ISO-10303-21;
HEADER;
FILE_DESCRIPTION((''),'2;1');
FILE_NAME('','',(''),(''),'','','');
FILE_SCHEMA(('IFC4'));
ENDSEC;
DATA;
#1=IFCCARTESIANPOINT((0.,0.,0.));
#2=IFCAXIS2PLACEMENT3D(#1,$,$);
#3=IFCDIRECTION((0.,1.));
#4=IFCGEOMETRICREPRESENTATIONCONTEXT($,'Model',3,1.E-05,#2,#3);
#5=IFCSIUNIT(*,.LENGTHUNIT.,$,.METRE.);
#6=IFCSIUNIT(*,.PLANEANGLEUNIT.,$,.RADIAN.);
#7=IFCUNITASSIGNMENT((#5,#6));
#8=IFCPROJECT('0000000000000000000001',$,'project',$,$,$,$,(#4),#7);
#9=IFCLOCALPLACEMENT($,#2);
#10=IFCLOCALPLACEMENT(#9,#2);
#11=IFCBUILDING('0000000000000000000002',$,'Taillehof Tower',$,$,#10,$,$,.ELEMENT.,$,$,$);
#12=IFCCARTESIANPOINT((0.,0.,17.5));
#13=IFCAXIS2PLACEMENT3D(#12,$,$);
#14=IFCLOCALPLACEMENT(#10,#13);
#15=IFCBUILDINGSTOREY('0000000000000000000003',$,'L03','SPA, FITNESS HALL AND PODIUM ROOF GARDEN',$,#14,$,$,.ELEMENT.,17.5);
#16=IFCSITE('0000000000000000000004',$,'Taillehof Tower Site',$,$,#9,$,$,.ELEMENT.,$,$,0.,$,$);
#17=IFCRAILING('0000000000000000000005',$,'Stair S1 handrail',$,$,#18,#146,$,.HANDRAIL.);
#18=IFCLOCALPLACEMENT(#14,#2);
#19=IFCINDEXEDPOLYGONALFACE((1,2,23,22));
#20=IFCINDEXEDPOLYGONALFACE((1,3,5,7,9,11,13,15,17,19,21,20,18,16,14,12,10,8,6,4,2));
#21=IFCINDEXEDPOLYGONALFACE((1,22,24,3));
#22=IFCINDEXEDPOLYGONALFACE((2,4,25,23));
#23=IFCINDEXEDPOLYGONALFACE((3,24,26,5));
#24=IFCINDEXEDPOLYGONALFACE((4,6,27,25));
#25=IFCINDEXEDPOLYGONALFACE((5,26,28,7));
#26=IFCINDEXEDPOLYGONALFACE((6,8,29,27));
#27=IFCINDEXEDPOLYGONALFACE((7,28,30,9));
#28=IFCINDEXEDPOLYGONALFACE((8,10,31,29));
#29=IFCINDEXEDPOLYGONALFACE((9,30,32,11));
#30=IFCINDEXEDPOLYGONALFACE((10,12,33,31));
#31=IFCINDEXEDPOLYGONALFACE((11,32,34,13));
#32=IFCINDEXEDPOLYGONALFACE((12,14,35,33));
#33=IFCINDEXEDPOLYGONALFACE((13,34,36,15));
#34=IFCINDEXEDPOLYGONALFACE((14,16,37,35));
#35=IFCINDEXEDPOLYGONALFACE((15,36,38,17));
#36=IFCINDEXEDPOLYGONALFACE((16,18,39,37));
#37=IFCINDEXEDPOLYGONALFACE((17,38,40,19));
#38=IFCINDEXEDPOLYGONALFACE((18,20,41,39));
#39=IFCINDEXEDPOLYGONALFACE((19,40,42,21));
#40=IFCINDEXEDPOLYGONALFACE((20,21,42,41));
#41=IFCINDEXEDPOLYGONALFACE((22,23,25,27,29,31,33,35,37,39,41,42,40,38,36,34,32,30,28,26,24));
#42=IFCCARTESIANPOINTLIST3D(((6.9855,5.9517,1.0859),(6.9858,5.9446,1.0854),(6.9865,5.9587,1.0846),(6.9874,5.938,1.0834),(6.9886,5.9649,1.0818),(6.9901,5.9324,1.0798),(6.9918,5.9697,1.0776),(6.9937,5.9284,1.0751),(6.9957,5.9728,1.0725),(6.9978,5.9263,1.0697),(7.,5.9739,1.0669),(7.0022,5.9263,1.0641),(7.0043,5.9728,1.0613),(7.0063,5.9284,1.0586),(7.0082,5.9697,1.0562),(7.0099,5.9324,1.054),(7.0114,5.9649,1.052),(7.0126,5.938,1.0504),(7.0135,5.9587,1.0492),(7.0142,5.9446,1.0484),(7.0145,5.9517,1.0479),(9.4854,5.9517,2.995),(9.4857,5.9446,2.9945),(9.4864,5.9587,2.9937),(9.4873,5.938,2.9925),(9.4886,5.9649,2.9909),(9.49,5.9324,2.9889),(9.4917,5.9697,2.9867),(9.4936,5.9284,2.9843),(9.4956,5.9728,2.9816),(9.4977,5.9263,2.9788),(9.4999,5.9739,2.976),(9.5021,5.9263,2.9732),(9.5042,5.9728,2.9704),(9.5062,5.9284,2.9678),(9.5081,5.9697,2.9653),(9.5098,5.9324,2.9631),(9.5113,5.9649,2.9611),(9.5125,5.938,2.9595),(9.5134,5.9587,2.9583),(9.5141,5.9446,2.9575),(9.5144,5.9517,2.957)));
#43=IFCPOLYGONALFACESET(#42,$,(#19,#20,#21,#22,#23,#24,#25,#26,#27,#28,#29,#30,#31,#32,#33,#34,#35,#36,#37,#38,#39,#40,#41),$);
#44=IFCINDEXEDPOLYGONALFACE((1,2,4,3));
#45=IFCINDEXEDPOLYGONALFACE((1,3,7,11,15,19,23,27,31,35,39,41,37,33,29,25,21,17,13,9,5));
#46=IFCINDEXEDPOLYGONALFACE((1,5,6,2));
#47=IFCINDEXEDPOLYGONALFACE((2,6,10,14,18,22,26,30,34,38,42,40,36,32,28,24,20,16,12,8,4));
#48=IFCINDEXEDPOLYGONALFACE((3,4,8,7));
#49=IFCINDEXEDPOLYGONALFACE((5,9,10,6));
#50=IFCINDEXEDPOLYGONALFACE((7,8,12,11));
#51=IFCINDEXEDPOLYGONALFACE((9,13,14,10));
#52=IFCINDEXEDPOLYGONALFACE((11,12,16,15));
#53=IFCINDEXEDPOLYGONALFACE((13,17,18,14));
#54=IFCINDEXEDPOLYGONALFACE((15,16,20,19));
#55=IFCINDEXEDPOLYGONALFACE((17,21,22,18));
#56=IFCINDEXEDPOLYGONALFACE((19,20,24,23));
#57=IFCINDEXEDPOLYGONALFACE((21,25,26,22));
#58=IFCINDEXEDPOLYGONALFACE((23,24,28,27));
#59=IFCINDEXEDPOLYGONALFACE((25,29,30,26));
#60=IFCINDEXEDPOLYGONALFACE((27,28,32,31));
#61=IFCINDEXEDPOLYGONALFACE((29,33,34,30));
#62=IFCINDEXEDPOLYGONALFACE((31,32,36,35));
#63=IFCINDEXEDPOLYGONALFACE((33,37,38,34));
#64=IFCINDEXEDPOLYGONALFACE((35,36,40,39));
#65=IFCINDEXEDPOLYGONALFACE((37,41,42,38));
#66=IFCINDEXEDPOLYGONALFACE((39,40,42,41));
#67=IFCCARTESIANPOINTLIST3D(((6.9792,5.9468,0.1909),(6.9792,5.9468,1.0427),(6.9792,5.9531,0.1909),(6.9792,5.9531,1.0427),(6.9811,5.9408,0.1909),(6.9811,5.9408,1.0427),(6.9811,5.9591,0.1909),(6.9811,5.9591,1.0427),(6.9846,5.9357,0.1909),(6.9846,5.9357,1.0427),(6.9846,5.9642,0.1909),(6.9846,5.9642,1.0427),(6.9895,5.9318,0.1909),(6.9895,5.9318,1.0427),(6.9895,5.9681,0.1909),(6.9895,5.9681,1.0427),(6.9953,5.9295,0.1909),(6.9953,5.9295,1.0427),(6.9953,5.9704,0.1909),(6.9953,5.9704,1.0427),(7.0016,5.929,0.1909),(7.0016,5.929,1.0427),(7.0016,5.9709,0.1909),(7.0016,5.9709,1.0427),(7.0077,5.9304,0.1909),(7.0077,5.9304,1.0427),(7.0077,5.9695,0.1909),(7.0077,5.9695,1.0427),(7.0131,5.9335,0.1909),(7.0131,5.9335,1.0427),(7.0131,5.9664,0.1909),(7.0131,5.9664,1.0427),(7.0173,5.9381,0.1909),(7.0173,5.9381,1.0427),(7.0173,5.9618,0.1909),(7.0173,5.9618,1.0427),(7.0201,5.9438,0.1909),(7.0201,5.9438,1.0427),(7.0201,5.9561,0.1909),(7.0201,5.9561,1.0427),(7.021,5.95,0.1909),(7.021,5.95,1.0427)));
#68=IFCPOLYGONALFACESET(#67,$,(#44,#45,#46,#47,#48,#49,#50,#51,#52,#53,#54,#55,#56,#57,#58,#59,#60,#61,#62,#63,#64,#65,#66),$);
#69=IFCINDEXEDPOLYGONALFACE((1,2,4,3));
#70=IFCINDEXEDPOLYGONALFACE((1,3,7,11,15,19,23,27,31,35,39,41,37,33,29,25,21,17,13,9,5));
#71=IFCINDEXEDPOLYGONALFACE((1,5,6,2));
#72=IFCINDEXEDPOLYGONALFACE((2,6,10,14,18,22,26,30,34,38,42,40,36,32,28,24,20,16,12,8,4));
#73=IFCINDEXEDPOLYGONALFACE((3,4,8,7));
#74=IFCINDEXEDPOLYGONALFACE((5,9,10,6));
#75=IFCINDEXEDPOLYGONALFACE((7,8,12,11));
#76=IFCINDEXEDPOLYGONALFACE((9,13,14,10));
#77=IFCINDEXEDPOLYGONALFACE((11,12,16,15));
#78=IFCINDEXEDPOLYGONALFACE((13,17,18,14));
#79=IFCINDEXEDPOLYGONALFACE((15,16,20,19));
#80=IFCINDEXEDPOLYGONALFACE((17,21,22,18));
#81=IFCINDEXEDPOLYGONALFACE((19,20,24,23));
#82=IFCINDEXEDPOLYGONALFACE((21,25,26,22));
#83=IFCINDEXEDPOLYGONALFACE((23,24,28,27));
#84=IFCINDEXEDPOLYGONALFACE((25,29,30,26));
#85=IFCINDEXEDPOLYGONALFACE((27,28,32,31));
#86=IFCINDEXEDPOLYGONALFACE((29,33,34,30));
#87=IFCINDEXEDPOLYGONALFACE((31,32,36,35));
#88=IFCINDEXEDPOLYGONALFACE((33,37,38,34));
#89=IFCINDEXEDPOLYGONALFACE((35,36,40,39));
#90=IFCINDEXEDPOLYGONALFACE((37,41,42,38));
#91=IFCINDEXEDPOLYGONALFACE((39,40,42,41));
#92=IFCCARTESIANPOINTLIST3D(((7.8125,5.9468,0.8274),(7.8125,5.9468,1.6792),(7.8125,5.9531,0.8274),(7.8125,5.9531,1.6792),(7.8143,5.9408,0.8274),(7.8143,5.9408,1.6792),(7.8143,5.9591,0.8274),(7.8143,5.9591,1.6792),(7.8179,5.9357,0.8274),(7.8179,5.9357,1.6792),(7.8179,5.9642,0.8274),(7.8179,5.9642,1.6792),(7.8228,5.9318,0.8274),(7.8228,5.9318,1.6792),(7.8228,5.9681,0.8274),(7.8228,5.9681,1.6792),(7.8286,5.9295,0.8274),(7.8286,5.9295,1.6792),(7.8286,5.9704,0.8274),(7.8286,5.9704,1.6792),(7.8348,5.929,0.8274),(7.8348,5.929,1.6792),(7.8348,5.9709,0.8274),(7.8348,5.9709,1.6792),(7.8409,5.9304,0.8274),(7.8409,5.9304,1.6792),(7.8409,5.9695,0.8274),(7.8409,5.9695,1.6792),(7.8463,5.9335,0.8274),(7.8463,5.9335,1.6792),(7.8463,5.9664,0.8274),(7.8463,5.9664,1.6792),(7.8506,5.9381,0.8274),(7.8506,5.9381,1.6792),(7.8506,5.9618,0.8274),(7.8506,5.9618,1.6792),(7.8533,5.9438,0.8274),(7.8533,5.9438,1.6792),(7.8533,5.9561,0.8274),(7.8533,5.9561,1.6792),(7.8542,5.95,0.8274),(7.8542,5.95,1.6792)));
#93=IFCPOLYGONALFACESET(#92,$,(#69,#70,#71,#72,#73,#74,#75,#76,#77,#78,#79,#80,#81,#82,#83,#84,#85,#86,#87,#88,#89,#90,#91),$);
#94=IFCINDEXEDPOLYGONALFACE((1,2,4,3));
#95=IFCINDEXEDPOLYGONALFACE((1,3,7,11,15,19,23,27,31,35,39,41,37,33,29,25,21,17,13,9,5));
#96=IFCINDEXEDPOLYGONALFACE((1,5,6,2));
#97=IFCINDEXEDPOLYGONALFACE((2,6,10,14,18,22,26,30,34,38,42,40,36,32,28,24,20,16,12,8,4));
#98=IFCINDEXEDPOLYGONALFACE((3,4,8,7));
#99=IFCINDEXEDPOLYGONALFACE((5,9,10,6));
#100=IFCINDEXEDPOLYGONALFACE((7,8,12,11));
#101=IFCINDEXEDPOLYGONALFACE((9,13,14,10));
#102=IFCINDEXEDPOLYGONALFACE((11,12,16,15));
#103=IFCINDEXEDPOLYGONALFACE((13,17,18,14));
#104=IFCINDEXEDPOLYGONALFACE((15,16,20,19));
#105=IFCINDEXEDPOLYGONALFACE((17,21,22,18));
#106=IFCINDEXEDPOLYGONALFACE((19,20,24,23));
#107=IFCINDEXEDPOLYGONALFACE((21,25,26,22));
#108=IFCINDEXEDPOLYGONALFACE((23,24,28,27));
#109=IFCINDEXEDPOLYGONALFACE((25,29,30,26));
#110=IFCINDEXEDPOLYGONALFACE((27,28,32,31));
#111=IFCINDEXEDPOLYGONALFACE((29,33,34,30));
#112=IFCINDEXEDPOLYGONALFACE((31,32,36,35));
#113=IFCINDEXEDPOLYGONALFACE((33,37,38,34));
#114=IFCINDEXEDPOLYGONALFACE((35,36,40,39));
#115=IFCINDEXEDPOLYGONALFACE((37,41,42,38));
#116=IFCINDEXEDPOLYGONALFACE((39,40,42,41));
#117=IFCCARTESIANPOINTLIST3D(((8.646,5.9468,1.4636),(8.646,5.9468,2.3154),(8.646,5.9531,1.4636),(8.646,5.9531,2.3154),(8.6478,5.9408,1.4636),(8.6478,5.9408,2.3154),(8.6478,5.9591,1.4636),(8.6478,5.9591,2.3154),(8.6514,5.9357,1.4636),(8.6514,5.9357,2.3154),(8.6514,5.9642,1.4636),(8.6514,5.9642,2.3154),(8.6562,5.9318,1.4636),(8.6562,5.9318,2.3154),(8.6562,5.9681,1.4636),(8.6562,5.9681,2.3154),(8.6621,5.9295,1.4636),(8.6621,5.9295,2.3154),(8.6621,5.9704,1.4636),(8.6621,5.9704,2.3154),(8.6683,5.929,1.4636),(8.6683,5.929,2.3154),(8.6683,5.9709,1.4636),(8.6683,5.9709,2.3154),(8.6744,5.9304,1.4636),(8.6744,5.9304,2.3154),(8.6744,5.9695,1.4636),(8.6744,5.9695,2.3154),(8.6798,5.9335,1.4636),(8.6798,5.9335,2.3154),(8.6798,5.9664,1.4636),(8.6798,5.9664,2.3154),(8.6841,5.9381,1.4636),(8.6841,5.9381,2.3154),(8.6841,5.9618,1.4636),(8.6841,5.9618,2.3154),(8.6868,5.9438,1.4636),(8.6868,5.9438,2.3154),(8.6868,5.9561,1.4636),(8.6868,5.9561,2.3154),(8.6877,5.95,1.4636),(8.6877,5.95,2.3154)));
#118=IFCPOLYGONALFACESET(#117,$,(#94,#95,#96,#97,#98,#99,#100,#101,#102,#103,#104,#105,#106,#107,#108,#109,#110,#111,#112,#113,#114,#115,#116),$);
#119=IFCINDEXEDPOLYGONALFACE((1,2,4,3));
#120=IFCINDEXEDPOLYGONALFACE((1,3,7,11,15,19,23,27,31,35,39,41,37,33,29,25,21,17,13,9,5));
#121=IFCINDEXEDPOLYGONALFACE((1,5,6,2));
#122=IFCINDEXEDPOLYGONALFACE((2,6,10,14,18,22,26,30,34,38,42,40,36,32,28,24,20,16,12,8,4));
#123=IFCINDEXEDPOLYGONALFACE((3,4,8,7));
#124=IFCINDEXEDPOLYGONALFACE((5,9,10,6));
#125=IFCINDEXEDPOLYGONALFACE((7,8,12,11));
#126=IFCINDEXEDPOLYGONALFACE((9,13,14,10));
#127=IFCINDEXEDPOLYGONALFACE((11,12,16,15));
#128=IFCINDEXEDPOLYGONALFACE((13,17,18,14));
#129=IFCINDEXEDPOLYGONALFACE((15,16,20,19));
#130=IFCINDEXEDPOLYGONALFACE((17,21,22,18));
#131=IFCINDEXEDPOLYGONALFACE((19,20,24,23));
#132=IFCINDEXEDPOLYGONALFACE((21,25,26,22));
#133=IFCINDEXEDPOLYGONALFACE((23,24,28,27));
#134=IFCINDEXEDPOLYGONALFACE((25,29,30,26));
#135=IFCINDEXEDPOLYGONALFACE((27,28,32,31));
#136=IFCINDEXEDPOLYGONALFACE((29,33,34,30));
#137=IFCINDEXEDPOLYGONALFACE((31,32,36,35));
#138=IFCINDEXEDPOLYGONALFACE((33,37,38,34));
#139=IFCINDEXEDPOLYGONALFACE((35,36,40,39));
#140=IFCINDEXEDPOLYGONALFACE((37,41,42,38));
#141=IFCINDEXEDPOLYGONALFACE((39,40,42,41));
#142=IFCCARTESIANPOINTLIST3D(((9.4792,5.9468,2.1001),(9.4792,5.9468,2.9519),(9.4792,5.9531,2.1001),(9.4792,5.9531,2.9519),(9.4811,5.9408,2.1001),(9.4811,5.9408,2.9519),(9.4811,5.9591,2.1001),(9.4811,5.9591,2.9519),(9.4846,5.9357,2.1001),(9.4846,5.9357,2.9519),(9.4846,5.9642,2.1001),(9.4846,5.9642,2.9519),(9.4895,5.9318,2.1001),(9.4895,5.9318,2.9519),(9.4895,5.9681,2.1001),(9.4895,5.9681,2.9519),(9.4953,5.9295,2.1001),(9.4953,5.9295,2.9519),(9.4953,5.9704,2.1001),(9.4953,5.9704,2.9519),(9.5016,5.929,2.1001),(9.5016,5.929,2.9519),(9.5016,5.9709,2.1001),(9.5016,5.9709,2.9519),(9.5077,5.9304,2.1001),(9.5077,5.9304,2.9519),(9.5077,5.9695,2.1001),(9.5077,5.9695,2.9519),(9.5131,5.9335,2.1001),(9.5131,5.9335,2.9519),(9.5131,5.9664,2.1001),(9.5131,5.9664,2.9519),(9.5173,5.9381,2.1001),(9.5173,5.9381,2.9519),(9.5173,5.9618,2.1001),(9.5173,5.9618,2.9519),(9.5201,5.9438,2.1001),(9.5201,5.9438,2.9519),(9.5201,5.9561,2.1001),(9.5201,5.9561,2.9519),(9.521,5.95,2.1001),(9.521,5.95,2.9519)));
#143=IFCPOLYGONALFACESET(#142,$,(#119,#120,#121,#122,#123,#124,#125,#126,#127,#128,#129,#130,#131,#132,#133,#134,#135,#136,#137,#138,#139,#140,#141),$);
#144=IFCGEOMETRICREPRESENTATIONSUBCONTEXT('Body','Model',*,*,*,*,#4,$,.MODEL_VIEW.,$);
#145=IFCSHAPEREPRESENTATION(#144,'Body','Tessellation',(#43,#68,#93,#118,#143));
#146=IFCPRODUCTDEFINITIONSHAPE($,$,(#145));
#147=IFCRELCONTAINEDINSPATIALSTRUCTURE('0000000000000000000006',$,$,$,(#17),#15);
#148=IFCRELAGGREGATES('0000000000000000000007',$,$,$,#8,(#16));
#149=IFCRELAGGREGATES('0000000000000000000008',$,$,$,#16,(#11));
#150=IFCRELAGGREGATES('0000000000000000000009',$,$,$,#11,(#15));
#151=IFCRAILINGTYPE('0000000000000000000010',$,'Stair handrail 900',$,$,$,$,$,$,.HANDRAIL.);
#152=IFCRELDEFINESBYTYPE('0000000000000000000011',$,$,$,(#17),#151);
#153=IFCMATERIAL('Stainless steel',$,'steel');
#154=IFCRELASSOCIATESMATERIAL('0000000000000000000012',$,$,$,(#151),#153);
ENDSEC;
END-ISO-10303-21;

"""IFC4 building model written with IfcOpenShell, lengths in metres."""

from ifc_helpers import new_model, si_unit, direction, frame, origin, origin_2d, place, context, subcontext, project, spatial, circle, extrude, material, type_object, element, save


model = new_model("IFC4")

# Units and contexts
model_context = context("Model", 3, precision=1e-05, world=origin(), true_north=direction((0.0, 1.0)))
body_context = subcontext(model_context, "Body", "Model", "MODEL_VIEW")
ifc_project = project(units=[si_unit("LENGTHUNIT", "METRE"), si_unit("PLANEANGLEUNIT", "RADIAN")], contexts=[model_context])

# Site, building, storey
site_placement = place(None, origin())
site = spatial("IfcSite", under=ifc_project, at=site_placement, Name="Taillehof Tower Site", CompositionType="ELEMENT", RefElevation=0.0)
building_placement = place(site_placement, origin())
building = spatial("IfcBuilding", under=site, at=building_placement, Name="Taillehof Tower", CompositionType="ELEMENT")
storey_placement = place(building_placement, frame((0.0, 0.0, 17.5)))
storey = spatial("IfcBuildingStorey", under=building, at=storey_placement, Name="L03", Description="SPA, FITNESS HALL AND PODIUM ROOF GARDEN", CompositionType="ELEMENT", Elevation=17.5)

# Railing
ifc_material_1 = material(Name="Stainless steel", Category="steel")
railing_type = type_object("IfcRailingType", Name="Stair handrail 900", PredefinedType="HANDRAIL", material=ifc_material_1)
railing_1_placement = place(storey_placement, frame((7.0, 5.95, 0.1909)))
element("IfcRailing", 1, at=railing_1_placement, inside=storey, type_object=railing_type, Name="Stair S1 handrail", PredefinedType="HANDRAIL", context=body_context, shape_type="SweptSolid", body=[
    extrude(circle(Radius=0.0239, at=origin_2d()), frame((0.0, 0.0, 0.876), z_axis=(0.794754, 0.0, 0.606931), x_axis=(0.0, 1.0, 0.0)), (0.0, 0.0, 1.0), 3.1455),
    extrude(circle(Radius=0.021, at=origin_2d()), origin(), (0.0, 0.0, 1.0), 0.8518),
    extrude(circle(Radius=0.021, at=origin_2d()), frame((0.8333, 0.0, 0.6365)), (0.0, 0.0, 1.0), 0.8518),
    extrude(circle(Radius=0.021, at=origin_2d()), frame((1.6667, 0.0, 1.2727)), (0.0, 0.0, 1.0), 0.8518),
    extrude(circle(Radius=0.021, at=origin_2d()), frame((2.5, 0.0, 1.9092)), (0.0, 0.0, 1.0), 0.8518),
])

save(model, "model.ifc")
